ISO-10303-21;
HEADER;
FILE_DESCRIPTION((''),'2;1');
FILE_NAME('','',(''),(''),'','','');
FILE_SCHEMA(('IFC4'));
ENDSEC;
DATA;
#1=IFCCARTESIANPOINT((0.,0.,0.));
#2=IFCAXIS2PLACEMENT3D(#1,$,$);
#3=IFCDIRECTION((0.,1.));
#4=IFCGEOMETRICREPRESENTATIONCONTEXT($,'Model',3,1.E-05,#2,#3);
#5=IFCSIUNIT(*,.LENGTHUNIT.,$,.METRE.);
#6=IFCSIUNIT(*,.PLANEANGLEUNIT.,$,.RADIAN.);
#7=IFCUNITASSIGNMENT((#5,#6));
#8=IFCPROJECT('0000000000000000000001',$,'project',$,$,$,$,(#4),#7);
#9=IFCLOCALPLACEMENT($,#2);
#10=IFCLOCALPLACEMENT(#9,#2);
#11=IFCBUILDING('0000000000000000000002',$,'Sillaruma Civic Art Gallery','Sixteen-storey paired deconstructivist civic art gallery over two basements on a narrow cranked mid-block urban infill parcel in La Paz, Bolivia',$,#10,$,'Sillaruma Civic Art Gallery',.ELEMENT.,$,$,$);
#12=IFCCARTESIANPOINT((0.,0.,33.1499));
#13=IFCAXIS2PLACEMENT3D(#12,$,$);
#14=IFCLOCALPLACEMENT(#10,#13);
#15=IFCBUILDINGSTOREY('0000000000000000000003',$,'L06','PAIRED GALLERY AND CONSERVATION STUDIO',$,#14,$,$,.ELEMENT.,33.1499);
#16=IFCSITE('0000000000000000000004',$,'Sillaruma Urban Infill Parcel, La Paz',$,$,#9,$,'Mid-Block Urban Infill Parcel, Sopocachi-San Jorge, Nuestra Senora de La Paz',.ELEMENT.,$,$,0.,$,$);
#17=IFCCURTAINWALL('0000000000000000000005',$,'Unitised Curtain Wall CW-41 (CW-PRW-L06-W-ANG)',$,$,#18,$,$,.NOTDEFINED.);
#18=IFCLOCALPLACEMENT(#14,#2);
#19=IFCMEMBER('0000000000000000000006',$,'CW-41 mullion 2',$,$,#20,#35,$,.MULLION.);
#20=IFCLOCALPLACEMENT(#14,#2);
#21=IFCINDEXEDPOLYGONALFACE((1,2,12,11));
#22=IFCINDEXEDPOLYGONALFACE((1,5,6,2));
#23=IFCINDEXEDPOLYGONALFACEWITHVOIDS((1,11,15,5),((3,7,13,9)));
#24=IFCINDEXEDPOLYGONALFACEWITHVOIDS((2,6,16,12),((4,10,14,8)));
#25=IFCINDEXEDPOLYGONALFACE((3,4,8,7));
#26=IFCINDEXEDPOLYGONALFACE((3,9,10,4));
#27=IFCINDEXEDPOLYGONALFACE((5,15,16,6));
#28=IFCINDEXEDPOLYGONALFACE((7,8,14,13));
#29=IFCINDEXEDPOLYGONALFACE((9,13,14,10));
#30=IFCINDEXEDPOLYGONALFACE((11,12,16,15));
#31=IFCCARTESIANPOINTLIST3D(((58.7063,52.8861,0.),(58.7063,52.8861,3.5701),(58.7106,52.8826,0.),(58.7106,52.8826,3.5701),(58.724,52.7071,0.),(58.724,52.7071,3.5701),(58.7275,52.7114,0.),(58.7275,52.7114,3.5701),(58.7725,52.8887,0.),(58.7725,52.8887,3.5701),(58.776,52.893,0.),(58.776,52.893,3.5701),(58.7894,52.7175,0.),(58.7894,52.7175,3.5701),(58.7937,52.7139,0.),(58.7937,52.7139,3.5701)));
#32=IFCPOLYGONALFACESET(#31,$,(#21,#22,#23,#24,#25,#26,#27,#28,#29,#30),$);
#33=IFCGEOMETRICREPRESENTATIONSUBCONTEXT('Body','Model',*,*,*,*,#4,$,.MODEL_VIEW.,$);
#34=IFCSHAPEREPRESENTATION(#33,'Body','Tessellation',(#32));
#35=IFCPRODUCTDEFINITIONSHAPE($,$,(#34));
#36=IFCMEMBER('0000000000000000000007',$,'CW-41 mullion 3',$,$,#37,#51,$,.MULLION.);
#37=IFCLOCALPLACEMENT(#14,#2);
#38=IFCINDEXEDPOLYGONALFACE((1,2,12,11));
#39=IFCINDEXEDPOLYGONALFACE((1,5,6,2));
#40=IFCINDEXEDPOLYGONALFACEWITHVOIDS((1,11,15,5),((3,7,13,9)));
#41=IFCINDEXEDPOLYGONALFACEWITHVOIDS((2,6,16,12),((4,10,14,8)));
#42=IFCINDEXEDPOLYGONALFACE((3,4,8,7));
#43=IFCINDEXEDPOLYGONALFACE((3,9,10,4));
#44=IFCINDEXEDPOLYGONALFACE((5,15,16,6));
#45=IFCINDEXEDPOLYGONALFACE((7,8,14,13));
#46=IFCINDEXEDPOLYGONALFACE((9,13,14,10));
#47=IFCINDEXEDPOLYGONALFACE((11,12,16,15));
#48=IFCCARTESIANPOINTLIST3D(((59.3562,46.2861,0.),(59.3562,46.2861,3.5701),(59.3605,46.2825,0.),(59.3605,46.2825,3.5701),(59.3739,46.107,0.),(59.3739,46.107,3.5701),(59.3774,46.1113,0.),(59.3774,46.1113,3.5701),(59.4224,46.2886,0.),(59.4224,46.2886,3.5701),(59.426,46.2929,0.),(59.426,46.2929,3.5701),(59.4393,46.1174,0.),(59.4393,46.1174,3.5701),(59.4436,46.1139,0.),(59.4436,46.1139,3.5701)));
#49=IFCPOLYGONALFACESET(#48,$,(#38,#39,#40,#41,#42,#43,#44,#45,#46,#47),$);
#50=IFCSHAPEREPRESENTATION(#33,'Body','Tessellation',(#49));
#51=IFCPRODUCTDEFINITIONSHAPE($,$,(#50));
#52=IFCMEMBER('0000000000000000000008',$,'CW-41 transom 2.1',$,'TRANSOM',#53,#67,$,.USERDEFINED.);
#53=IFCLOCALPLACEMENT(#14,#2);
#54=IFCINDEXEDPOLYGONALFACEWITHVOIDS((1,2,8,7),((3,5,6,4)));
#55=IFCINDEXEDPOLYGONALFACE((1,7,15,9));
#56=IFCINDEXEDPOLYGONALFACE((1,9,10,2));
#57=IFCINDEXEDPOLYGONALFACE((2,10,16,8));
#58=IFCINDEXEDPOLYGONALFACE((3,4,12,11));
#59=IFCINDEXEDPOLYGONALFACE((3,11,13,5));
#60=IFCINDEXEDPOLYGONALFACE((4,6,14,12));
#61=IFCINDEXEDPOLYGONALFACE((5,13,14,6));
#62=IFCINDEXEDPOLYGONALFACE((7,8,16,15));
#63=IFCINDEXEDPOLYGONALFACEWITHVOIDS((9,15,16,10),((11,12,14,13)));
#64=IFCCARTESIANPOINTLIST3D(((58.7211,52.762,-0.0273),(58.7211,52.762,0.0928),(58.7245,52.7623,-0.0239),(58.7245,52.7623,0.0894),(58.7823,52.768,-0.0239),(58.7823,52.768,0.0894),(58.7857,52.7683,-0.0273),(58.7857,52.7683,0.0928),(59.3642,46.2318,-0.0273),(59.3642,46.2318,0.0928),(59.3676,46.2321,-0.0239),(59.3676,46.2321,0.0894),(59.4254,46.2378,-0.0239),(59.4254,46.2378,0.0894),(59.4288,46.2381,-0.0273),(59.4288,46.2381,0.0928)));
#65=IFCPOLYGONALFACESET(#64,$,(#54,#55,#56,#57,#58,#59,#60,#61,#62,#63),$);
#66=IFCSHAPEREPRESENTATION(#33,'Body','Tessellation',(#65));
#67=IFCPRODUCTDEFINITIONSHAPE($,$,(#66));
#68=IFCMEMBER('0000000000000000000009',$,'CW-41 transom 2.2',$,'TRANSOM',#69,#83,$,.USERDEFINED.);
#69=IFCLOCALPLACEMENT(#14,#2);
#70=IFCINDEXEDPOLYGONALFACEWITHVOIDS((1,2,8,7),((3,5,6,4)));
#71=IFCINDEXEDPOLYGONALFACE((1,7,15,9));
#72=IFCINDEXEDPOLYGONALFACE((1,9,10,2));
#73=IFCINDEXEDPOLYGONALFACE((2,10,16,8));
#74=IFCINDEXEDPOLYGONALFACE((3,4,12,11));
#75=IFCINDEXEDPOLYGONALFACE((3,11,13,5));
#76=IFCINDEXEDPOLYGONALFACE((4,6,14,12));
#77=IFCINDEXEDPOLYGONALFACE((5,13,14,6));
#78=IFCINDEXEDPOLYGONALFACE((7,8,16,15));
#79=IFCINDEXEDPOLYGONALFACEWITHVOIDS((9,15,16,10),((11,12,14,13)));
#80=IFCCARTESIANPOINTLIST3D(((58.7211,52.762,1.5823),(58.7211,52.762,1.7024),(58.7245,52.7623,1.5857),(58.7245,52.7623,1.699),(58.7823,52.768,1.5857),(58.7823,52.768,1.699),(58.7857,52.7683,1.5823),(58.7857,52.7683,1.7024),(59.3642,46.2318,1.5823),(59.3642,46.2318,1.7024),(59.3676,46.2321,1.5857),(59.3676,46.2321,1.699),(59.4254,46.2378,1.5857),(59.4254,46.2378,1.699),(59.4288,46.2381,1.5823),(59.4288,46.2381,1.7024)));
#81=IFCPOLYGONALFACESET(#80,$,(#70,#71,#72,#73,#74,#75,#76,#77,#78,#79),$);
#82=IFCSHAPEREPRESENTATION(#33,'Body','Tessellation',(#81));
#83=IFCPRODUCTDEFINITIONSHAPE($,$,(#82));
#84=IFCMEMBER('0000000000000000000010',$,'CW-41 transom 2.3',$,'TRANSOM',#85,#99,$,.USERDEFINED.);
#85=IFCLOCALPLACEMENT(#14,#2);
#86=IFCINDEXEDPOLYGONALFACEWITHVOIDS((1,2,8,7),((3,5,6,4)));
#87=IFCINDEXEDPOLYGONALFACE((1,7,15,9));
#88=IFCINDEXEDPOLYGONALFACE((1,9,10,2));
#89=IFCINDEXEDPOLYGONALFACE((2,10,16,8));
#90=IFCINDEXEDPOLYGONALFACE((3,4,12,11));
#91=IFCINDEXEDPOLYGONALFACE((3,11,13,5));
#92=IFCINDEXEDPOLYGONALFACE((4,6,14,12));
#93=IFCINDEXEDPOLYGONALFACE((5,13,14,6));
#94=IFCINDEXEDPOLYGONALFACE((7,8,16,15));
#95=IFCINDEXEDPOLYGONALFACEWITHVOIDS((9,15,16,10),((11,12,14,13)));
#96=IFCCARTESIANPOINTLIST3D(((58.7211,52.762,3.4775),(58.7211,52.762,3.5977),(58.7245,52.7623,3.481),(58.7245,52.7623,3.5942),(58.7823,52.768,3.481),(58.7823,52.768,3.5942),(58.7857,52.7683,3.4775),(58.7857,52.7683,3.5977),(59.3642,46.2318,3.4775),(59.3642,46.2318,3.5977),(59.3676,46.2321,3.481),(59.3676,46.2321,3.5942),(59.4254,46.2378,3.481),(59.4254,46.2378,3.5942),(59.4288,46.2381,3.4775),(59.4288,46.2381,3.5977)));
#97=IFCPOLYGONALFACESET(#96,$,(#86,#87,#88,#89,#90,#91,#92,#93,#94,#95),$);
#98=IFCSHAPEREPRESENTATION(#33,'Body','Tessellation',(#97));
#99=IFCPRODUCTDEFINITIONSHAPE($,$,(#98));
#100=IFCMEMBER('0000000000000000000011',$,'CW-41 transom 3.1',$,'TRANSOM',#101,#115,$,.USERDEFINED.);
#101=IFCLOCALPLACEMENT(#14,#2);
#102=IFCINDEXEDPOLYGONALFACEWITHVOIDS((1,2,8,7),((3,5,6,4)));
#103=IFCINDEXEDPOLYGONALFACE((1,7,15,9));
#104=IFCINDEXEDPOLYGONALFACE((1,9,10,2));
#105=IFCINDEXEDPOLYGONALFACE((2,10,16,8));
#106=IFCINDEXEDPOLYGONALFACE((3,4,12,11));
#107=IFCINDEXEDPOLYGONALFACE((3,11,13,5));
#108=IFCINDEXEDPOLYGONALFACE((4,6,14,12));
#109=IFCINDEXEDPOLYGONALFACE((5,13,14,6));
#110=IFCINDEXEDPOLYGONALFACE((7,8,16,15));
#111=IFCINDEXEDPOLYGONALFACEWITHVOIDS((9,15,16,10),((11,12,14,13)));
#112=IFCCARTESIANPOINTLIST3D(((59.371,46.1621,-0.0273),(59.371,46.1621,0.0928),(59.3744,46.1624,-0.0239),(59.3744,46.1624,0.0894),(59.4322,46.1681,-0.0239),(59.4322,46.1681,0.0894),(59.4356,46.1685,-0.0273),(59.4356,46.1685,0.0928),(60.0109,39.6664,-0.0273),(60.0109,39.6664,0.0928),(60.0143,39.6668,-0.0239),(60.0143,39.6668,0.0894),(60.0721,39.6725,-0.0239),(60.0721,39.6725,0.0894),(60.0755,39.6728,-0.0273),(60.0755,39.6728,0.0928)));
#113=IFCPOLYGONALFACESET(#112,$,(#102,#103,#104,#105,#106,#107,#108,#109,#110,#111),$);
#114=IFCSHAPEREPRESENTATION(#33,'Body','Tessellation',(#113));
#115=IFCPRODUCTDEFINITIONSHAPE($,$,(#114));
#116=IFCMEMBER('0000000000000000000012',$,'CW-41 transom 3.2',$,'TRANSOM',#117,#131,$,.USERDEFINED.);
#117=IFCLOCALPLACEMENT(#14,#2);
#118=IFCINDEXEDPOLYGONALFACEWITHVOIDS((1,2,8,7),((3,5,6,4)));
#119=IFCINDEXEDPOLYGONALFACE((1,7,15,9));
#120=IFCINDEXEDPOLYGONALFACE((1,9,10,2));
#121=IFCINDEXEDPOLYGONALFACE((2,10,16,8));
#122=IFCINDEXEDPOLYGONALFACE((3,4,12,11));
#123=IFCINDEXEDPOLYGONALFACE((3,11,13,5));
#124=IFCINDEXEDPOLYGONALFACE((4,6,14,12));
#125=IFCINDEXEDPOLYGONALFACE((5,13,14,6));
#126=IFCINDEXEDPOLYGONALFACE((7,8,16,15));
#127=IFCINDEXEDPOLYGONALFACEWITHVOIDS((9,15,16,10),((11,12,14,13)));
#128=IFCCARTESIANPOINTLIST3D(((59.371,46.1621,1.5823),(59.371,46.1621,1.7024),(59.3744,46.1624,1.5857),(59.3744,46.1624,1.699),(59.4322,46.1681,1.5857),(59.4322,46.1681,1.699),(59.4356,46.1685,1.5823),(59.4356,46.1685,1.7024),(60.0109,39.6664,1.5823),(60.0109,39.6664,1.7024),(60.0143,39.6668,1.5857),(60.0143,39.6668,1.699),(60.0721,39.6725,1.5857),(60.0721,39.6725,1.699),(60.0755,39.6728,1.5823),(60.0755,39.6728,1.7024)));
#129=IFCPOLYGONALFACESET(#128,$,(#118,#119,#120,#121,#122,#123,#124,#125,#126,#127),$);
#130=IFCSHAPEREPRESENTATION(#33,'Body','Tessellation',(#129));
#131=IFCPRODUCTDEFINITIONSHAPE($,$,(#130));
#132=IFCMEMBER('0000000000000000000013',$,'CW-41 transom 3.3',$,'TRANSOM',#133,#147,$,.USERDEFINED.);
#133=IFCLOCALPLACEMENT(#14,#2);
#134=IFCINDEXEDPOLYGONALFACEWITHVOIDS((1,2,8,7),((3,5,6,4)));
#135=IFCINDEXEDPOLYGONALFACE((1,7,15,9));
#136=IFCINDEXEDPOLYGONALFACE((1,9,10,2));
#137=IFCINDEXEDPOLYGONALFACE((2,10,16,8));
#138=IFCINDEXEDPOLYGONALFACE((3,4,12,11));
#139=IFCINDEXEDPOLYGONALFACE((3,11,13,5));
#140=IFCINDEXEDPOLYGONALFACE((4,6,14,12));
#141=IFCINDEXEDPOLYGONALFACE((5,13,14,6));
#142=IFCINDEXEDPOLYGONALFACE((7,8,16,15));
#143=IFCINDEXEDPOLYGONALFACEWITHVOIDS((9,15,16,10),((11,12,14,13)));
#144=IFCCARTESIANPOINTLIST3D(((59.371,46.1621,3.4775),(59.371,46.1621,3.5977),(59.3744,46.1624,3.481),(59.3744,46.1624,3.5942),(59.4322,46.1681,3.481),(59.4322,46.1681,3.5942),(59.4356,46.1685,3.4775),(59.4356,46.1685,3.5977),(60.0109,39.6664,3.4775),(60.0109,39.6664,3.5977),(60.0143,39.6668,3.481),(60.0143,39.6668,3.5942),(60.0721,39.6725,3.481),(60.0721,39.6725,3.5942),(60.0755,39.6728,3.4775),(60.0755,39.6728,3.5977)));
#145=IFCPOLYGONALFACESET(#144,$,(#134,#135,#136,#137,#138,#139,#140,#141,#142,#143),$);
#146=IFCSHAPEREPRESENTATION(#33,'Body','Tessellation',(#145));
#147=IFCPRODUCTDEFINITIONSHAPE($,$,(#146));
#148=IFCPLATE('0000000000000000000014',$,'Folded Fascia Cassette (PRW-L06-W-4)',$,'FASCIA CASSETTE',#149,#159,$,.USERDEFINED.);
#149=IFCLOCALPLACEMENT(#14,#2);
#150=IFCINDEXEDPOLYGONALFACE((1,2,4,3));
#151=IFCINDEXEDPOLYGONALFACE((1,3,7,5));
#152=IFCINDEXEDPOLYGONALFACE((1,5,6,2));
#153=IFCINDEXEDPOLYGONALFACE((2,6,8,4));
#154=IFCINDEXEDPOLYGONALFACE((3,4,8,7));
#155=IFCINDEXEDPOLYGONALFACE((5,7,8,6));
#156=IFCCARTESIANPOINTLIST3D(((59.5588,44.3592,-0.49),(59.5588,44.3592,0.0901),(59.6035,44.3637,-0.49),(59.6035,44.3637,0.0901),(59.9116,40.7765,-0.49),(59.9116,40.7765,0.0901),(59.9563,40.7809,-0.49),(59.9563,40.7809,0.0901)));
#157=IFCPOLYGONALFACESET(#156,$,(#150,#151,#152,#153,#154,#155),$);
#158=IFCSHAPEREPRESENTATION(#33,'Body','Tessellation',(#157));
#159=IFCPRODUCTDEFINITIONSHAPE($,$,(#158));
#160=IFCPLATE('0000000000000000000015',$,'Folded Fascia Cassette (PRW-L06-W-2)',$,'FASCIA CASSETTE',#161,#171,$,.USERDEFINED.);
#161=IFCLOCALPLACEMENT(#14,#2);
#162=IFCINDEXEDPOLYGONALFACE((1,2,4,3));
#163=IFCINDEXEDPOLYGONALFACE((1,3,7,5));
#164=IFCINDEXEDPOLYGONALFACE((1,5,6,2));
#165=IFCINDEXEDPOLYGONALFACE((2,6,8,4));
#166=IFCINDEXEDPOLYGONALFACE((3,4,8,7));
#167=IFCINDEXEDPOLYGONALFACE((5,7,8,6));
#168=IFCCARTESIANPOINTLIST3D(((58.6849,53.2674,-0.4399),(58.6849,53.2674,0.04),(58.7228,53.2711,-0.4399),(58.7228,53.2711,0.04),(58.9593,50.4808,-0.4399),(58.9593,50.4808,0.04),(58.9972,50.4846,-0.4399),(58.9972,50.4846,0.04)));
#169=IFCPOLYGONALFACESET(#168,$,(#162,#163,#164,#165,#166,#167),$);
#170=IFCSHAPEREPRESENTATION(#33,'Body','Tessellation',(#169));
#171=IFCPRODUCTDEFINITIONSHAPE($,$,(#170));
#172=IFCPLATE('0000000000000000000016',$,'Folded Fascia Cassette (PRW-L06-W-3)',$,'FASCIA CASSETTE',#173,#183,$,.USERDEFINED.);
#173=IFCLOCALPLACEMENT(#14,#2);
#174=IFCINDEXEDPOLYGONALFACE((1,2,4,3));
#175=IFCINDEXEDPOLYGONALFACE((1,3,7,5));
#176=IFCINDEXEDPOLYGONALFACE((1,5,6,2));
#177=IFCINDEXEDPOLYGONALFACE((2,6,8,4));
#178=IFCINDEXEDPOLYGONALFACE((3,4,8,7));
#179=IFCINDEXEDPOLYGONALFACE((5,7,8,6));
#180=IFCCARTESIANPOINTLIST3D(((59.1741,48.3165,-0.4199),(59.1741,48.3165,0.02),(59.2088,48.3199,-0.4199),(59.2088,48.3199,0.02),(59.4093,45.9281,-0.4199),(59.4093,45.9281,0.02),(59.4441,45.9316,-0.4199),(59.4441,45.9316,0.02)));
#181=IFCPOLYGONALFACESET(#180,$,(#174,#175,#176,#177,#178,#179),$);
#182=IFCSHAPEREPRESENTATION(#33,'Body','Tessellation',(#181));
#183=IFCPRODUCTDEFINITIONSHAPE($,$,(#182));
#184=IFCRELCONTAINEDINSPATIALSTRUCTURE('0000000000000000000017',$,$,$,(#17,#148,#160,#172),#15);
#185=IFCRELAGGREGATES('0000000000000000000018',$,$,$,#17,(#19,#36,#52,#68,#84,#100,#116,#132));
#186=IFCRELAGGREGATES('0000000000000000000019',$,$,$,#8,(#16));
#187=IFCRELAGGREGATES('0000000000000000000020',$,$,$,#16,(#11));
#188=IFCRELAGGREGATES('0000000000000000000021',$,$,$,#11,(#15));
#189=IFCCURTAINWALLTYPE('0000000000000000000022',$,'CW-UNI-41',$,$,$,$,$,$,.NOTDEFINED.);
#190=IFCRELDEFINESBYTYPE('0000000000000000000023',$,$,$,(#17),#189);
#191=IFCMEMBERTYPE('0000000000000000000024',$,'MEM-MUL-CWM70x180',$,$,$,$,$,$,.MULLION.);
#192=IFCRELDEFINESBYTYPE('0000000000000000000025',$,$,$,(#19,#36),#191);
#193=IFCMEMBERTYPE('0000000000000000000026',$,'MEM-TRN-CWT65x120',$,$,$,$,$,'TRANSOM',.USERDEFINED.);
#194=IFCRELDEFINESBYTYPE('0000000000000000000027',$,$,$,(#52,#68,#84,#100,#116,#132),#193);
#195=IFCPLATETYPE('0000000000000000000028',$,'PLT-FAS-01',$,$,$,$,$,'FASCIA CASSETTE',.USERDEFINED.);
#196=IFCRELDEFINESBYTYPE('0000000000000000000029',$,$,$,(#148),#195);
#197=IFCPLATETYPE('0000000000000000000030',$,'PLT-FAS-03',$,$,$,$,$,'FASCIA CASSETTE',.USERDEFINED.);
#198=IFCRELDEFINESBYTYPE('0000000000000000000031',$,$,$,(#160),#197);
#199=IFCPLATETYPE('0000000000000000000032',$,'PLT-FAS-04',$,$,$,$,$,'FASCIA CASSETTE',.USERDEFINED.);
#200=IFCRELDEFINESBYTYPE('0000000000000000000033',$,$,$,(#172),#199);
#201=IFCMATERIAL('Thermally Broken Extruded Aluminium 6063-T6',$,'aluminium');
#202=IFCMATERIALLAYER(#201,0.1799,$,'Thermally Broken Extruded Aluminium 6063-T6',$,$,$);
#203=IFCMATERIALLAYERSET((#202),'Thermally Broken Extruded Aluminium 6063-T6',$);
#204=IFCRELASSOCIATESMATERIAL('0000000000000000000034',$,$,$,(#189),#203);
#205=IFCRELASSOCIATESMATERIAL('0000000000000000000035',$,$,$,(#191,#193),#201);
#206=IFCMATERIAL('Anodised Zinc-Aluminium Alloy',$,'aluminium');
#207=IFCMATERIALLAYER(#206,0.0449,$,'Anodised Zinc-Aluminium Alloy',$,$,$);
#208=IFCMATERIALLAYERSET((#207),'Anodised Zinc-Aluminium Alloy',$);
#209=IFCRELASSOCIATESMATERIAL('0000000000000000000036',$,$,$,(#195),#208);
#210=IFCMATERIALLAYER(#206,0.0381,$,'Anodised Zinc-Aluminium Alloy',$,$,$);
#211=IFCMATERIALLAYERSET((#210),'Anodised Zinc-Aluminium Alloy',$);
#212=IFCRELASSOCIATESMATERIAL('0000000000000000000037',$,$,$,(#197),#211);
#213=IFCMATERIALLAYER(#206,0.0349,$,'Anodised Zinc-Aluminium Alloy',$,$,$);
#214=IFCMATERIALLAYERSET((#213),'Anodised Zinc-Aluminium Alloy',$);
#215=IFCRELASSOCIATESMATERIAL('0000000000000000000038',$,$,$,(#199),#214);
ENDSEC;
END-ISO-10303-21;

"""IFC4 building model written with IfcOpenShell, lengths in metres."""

from ifc_helpers import new_model, si_unit, direction, frame, origin, origin_2d, place, context, subcontext, project, spatial, rectangle, hollow_rectangle, extrude, material, layer, layer_set, material_profile, profile_set, type_object, element, aggregate, save


model = new_model("IFC4")

# Units and contexts
model_context = context("Model", 3, precision=1e-05, world=origin(), true_north=direction((0.0, 1.0)))
body_context = subcontext(model_context, "Body", "Model", "MODEL_VIEW")
ifc_project = project(units=[si_unit("LENGTHUNIT", "METRE"), si_unit("PLANEANGLEUNIT", "RADIAN")], contexts=[model_context])

# Site, building, storey
site_placement = place(None, origin())
site = spatial("IfcSite", under=ifc_project, at=site_placement, Name="Sillaruma Urban Infill Parcel, La Paz", LongName="Mid-Block Urban Infill Parcel, Sopocachi-San Jorge, Nuestra Senora de La Paz", CompositionType="ELEMENT", RefElevation=0.0)
building_placement = place(site_placement, origin())
building = spatial("IfcBuilding", under=site, at=building_placement, Name="Sillaruma Civic Art Gallery", Description="Sixteen-storey paired deconstructivist civic art gallery over two basements on a narrow cranked mid-block urban infill parcel in La Paz, Bolivia", LongName="Sillaruma Civic Art Gallery", CompositionType="ELEMENT")
storey_placement = place(building_placement, frame((0.0, 0.0, 33.1499)))
storey = spatial("IfcBuildingStorey", under=building, at=storey_placement, Name="L06", Description="PAIRED GALLERY AND CONSERVATION STUDIO", CompositionType="ELEMENT", Elevation=33.1499)

# Curtain wall, members
ifc_material_1 = material(Name="Thermally Broken Extruded Aluminium 6063-T6", Category="aluminium")
ifc_layer_1 = layer(ifc_material_1, 0.1799, Name="Thermally Broken Extruded Aluminium 6063-T6")
ifc_layer_set_1 = layer_set([ifc_layer_1], Name="Thermally Broken Extruded Aluminium 6063-T6")
curtain_wall_type = type_object("IfcCurtainWallType", Name="CW-UNI-41", PredefinedType="NOTDEFINED", material=ifc_layer_set_1)
curtain_wall_placement = place(storey_placement, origin())
curtain_wall = element("IfcCurtainWall", 1, at=curtain_wall_placement, inside=storey, type_object=curtain_wall_type, Name="Unitised Curtain Wall CW-41 (CW-PRW-L06-W-ANG)", PredefinedType="NOTDEFINED")
ifc_material_profile_1 = material_profile(ifc_material_1, hollow_rectangle(XDim=0.0701, YDim=0.1799, WallThickness=0.0039, at=origin_2d()), Name="CWM70x180")
ifc_profile_set_1 = profile_set([ifc_material_profile_1], Name="Thermally Broken Extruded Aluminium 6063-T6")
member_type_1 = type_object("IfcMemberType", Name="MEM-MUL-CWM70x180", PredefinedType="MULLION", material=ifc_profile_set_1)
member_1_placement = place(storey_placement, frame((58.75, 52.8, 0.0), z_axis=(0.0, 0.0, 1.0), x_axis=(0.995185, 0.098011, 0.0)))
member_1 = element("IfcMember", 2, at=member_1_placement, type_object=member_type_1, Name="CW-41 mullion 2", PredefinedType="MULLION", context=body_context, shape_type="SweptSolid", body=[
    extrude(hollow_rectangle(XDim=0.0701, YDim=0.1799, WallThickness=0.0039, at=origin_2d()), origin(), (0.0, 0.0, 1.0), 3.5701),
])
member_2_placement = place(storey_placement, frame((59.3999, 46.2, 0.0), z_axis=(0.0, 0.0, 1.0), x_axis=(0.995185, 0.098011, 0.0)))
member_2 = element("IfcMember", 3, at=member_2_placement, type_object=member_type_1, Name="CW-41 mullion 3", PredefinedType="MULLION", context=body_context, shape_type="SweptSolid", body=[
    extrude(hollow_rectangle(XDim=0.0701, YDim=0.1799, WallThickness=0.0039, at=origin_2d()), origin(), (0.0, 0.0, 1.0), 3.5701),
])
ifc_material_profile_2 = material_profile(ifc_material_1, hollow_rectangle(XDim=0.0649, YDim=0.1201, WallThickness=0.0034, at=origin_2d()), Name="CWT65x120")
ifc_profile_set_2 = profile_set([ifc_material_profile_2], Name="Thermally Broken Extruded Aluminium 6063-T6")
member_type_2 = type_object("IfcMemberType", Name="MEM-TRN-CWT65x120", ElementType="TRANSOM", PredefinedType="USERDEFINED", material=ifc_profile_set_2)
member_3_placement = place(storey_placement, frame((58.7534, 52.7651, 0.0327), z_axis=(0.098001, -0.995186, 0.0), x_axis=(0.995186, 0.098001, 0.0)))
member_3 = element("IfcMember", 4, at=member_3_placement, type_object=member_type_2, Name="CW-41 transom 2.1", ObjectType="TRANSOM", PredefinedType="USERDEFINED", context=body_context, shape_type="SweptSolid", body=[
    extrude(hollow_rectangle(XDim=0.0649, YDim=0.1201, WallThickness=0.0034, at=origin_2d()), origin(), (0.0, 0.0, 1.0), 6.5618),
])
member_4_placement = place(storey_placement, frame((58.7534, 52.7651, 1.6423), z_axis=(0.098001, -0.995186, 0.0), x_axis=(0.995186, 0.098001, 0.0)))
member_4 = element("IfcMember", 5, at=member_4_placement, type_object=member_type_2, Name="CW-41 transom 2.2", ObjectType="TRANSOM", PredefinedType="USERDEFINED", context=body_context, shape_type="SweptSolid", body=[
    extrude(hollow_rectangle(XDim=0.0649, YDim=0.1201, WallThickness=0.0034, at=origin_2d()), origin(), (0.0, 0.0, 1.0), 6.5618),
])
member_5_placement = place(storey_placement, frame((58.7534, 52.7651, 3.5376), z_axis=(0.098001, -0.995186, 0.0), x_axis=(0.995186, 0.098001, 0.0)))
member_5 = element("IfcMember", 6, at=member_5_placement, type_object=member_type_2, Name="CW-41 transom 2.3", ObjectType="TRANSOM", PredefinedType="USERDEFINED", context=body_context, shape_type="SweptSolid", body=[
    extrude(hollow_rectangle(XDim=0.0649, YDim=0.1201, WallThickness=0.0034, at=origin_2d()), origin(), (0.0, 0.0, 1.0), 6.5618),
])
member_6_placement = place(storey_placement, frame((59.4033, 46.1653, 0.0327), z_axis=(0.098037, -0.995183, 0.0), x_axis=(0.995183, 0.098037, 0.0)))
member_6 = element("IfcMember", 7, at=member_6_placement, type_object=member_type_2, Name="CW-41 transom 3.1", ObjectType="TRANSOM", PredefinedType="USERDEFINED", context=body_context, shape_type="SweptSolid", body=[
    extrude(hollow_rectangle(XDim=0.0649, YDim=0.1201, WallThickness=0.0034, at=origin_2d()), origin(), (0.0, 0.0, 1.0), 6.5271),
])
member_7_placement = place(storey_placement, frame((59.4033, 46.1653, 1.6423), z_axis=(0.098037, -0.995183, 0.0), x_axis=(0.995183, 0.098037, 0.0)))
member_7 = element("IfcMember", 8, at=member_7_placement, type_object=member_type_2, Name="CW-41 transom 3.2", ObjectType="TRANSOM", PredefinedType="USERDEFINED", context=body_context, shape_type="SweptSolid", body=[
    extrude(hollow_rectangle(XDim=0.0649, YDim=0.1201, WallThickness=0.0034, at=origin_2d()), origin(), (0.0, 0.0, 1.0), 6.5271),
])
member_8_placement = place(storey_placement, frame((59.4033, 46.1653, 3.5376), z_axis=(0.098037, -0.995183, 0.0), x_axis=(0.995183, 0.098037, 0.0)))
member_8 = element("IfcMember", 9, at=member_8_placement, type_object=member_type_2, Name="CW-41 transom 3.3", ObjectType="TRANSOM", PredefinedType="USERDEFINED", context=body_context, shape_type="SweptSolid", body=[
    extrude(hollow_rectangle(XDim=0.0649, YDim=0.1201, WallThickness=0.0034, at=origin_2d()), origin(), (0.0, 0.0, 1.0), 6.5271),
])

# Plates
ifc_material_2 = material(Name="Anodised Zinc-Aluminium Alloy", Category="aluminium")
ifc_layer_2 = layer(ifc_material_2, 0.0449, Name="Anodised Zinc-Aluminium Alloy")
ifc_layer_set_2 = layer_set([ifc_layer_2], Name="Anodised Zinc-Aluminium Alloy")
plate_type_1 = type_object("IfcPlateType", Name="PLT-FAS-01", ElementType="FASCIA CASSETTE", PredefinedType="USERDEFINED", material=ifc_layer_set_2)
plate_1_placement = place(storey_placement, frame((59.7576, 42.5701, -0.49), z_axis=(0.0, 0.0, 1.0), x_axis=(0.098011, -0.995185, 0.0)))
element("IfcPlate", 10, at=plate_1_placement, inside=storey, type_object=plate_type_1, Name="Folded Fascia Cassette (PRW-L06-W-4)", ObjectType="FASCIA CASSETTE", PredefinedType="USERDEFINED", context=body_context, shape_type="SweptSolid", body=[
    extrude(rectangle(XDim=3.6001, YDim=0.0449, at=origin_2d()), origin(), (0.0, 0.0, 1.0), 0.5801),
])
ifc_layer_3 = layer(ifc_material_2, 0.0381, Name="Anodised Zinc-Aluminium Alloy")
ifc_layer_set_3 = layer_set([ifc_layer_3], Name="Anodised Zinc-Aluminium Alloy")
plate_type_2 = type_object("IfcPlateType", Name="PLT-FAS-03", ElementType="FASCIA CASSETTE", PredefinedType="USERDEFINED", material=ifc_layer_set_3)
plate_2_placement = place(storey_placement, frame((58.8411, 51.876, -0.4399), z_axis=(0.0, 0.0, 1.0), x_axis=(0.098011, -0.995185, 0.0)))
element("IfcPlate", 11, at=plate_2_placement, inside=storey, type_object=plate_type_2, Name="Folded Fascia Cassette (PRW-L06-W-2)", ObjectType="FASCIA CASSETTE", PredefinedType="USERDEFINED", context=body_context, shape_type="SweptSolid", body=[
    extrude(rectangle(XDim=2.8, YDim=0.0381, at=origin_2d()), origin(), (0.0, 0.0, 1.0), 0.48),
])
ifc_layer_4 = layer(ifc_material_2, 0.0349, Name="Anodised Zinc-Aluminium Alloy")
ifc_layer_set_4 = layer_set([ifc_layer_4], Name="Anodised Zinc-Aluminium Alloy")
plate_type_3 = type_object("IfcPlateType", Name="PLT-FAS-04", ElementType="FASCIA CASSETTE", PredefinedType="USERDEFINED", material=ifc_layer_set_4)
plate_3_placement = place(storey_placement, frame((59.3091, 47.124, -0.4199), z_axis=(0.0, 0.0, 1.0), x_axis=(0.098011, -0.995185, 0.0)))
element("IfcPlate", 12, at=plate_3_placement, inside=storey, type_object=plate_type_3, Name="Folded Fascia Cassette (PRW-L06-W-3)", ObjectType="FASCIA CASSETTE", PredefinedType="USERDEFINED", context=body_context, shape_type="SweptSolid", body=[
    extrude(rectangle(XDim=2.3999, YDim=0.0349, at=origin_2d()), origin(), (0.0, 0.0, 1.0), 0.4399),
])

aggregate(curtain_wall, [member_1, member_2, member_3, member_4, member_5, member_6, member_7, member_8])

save(model, "model.ifc")
